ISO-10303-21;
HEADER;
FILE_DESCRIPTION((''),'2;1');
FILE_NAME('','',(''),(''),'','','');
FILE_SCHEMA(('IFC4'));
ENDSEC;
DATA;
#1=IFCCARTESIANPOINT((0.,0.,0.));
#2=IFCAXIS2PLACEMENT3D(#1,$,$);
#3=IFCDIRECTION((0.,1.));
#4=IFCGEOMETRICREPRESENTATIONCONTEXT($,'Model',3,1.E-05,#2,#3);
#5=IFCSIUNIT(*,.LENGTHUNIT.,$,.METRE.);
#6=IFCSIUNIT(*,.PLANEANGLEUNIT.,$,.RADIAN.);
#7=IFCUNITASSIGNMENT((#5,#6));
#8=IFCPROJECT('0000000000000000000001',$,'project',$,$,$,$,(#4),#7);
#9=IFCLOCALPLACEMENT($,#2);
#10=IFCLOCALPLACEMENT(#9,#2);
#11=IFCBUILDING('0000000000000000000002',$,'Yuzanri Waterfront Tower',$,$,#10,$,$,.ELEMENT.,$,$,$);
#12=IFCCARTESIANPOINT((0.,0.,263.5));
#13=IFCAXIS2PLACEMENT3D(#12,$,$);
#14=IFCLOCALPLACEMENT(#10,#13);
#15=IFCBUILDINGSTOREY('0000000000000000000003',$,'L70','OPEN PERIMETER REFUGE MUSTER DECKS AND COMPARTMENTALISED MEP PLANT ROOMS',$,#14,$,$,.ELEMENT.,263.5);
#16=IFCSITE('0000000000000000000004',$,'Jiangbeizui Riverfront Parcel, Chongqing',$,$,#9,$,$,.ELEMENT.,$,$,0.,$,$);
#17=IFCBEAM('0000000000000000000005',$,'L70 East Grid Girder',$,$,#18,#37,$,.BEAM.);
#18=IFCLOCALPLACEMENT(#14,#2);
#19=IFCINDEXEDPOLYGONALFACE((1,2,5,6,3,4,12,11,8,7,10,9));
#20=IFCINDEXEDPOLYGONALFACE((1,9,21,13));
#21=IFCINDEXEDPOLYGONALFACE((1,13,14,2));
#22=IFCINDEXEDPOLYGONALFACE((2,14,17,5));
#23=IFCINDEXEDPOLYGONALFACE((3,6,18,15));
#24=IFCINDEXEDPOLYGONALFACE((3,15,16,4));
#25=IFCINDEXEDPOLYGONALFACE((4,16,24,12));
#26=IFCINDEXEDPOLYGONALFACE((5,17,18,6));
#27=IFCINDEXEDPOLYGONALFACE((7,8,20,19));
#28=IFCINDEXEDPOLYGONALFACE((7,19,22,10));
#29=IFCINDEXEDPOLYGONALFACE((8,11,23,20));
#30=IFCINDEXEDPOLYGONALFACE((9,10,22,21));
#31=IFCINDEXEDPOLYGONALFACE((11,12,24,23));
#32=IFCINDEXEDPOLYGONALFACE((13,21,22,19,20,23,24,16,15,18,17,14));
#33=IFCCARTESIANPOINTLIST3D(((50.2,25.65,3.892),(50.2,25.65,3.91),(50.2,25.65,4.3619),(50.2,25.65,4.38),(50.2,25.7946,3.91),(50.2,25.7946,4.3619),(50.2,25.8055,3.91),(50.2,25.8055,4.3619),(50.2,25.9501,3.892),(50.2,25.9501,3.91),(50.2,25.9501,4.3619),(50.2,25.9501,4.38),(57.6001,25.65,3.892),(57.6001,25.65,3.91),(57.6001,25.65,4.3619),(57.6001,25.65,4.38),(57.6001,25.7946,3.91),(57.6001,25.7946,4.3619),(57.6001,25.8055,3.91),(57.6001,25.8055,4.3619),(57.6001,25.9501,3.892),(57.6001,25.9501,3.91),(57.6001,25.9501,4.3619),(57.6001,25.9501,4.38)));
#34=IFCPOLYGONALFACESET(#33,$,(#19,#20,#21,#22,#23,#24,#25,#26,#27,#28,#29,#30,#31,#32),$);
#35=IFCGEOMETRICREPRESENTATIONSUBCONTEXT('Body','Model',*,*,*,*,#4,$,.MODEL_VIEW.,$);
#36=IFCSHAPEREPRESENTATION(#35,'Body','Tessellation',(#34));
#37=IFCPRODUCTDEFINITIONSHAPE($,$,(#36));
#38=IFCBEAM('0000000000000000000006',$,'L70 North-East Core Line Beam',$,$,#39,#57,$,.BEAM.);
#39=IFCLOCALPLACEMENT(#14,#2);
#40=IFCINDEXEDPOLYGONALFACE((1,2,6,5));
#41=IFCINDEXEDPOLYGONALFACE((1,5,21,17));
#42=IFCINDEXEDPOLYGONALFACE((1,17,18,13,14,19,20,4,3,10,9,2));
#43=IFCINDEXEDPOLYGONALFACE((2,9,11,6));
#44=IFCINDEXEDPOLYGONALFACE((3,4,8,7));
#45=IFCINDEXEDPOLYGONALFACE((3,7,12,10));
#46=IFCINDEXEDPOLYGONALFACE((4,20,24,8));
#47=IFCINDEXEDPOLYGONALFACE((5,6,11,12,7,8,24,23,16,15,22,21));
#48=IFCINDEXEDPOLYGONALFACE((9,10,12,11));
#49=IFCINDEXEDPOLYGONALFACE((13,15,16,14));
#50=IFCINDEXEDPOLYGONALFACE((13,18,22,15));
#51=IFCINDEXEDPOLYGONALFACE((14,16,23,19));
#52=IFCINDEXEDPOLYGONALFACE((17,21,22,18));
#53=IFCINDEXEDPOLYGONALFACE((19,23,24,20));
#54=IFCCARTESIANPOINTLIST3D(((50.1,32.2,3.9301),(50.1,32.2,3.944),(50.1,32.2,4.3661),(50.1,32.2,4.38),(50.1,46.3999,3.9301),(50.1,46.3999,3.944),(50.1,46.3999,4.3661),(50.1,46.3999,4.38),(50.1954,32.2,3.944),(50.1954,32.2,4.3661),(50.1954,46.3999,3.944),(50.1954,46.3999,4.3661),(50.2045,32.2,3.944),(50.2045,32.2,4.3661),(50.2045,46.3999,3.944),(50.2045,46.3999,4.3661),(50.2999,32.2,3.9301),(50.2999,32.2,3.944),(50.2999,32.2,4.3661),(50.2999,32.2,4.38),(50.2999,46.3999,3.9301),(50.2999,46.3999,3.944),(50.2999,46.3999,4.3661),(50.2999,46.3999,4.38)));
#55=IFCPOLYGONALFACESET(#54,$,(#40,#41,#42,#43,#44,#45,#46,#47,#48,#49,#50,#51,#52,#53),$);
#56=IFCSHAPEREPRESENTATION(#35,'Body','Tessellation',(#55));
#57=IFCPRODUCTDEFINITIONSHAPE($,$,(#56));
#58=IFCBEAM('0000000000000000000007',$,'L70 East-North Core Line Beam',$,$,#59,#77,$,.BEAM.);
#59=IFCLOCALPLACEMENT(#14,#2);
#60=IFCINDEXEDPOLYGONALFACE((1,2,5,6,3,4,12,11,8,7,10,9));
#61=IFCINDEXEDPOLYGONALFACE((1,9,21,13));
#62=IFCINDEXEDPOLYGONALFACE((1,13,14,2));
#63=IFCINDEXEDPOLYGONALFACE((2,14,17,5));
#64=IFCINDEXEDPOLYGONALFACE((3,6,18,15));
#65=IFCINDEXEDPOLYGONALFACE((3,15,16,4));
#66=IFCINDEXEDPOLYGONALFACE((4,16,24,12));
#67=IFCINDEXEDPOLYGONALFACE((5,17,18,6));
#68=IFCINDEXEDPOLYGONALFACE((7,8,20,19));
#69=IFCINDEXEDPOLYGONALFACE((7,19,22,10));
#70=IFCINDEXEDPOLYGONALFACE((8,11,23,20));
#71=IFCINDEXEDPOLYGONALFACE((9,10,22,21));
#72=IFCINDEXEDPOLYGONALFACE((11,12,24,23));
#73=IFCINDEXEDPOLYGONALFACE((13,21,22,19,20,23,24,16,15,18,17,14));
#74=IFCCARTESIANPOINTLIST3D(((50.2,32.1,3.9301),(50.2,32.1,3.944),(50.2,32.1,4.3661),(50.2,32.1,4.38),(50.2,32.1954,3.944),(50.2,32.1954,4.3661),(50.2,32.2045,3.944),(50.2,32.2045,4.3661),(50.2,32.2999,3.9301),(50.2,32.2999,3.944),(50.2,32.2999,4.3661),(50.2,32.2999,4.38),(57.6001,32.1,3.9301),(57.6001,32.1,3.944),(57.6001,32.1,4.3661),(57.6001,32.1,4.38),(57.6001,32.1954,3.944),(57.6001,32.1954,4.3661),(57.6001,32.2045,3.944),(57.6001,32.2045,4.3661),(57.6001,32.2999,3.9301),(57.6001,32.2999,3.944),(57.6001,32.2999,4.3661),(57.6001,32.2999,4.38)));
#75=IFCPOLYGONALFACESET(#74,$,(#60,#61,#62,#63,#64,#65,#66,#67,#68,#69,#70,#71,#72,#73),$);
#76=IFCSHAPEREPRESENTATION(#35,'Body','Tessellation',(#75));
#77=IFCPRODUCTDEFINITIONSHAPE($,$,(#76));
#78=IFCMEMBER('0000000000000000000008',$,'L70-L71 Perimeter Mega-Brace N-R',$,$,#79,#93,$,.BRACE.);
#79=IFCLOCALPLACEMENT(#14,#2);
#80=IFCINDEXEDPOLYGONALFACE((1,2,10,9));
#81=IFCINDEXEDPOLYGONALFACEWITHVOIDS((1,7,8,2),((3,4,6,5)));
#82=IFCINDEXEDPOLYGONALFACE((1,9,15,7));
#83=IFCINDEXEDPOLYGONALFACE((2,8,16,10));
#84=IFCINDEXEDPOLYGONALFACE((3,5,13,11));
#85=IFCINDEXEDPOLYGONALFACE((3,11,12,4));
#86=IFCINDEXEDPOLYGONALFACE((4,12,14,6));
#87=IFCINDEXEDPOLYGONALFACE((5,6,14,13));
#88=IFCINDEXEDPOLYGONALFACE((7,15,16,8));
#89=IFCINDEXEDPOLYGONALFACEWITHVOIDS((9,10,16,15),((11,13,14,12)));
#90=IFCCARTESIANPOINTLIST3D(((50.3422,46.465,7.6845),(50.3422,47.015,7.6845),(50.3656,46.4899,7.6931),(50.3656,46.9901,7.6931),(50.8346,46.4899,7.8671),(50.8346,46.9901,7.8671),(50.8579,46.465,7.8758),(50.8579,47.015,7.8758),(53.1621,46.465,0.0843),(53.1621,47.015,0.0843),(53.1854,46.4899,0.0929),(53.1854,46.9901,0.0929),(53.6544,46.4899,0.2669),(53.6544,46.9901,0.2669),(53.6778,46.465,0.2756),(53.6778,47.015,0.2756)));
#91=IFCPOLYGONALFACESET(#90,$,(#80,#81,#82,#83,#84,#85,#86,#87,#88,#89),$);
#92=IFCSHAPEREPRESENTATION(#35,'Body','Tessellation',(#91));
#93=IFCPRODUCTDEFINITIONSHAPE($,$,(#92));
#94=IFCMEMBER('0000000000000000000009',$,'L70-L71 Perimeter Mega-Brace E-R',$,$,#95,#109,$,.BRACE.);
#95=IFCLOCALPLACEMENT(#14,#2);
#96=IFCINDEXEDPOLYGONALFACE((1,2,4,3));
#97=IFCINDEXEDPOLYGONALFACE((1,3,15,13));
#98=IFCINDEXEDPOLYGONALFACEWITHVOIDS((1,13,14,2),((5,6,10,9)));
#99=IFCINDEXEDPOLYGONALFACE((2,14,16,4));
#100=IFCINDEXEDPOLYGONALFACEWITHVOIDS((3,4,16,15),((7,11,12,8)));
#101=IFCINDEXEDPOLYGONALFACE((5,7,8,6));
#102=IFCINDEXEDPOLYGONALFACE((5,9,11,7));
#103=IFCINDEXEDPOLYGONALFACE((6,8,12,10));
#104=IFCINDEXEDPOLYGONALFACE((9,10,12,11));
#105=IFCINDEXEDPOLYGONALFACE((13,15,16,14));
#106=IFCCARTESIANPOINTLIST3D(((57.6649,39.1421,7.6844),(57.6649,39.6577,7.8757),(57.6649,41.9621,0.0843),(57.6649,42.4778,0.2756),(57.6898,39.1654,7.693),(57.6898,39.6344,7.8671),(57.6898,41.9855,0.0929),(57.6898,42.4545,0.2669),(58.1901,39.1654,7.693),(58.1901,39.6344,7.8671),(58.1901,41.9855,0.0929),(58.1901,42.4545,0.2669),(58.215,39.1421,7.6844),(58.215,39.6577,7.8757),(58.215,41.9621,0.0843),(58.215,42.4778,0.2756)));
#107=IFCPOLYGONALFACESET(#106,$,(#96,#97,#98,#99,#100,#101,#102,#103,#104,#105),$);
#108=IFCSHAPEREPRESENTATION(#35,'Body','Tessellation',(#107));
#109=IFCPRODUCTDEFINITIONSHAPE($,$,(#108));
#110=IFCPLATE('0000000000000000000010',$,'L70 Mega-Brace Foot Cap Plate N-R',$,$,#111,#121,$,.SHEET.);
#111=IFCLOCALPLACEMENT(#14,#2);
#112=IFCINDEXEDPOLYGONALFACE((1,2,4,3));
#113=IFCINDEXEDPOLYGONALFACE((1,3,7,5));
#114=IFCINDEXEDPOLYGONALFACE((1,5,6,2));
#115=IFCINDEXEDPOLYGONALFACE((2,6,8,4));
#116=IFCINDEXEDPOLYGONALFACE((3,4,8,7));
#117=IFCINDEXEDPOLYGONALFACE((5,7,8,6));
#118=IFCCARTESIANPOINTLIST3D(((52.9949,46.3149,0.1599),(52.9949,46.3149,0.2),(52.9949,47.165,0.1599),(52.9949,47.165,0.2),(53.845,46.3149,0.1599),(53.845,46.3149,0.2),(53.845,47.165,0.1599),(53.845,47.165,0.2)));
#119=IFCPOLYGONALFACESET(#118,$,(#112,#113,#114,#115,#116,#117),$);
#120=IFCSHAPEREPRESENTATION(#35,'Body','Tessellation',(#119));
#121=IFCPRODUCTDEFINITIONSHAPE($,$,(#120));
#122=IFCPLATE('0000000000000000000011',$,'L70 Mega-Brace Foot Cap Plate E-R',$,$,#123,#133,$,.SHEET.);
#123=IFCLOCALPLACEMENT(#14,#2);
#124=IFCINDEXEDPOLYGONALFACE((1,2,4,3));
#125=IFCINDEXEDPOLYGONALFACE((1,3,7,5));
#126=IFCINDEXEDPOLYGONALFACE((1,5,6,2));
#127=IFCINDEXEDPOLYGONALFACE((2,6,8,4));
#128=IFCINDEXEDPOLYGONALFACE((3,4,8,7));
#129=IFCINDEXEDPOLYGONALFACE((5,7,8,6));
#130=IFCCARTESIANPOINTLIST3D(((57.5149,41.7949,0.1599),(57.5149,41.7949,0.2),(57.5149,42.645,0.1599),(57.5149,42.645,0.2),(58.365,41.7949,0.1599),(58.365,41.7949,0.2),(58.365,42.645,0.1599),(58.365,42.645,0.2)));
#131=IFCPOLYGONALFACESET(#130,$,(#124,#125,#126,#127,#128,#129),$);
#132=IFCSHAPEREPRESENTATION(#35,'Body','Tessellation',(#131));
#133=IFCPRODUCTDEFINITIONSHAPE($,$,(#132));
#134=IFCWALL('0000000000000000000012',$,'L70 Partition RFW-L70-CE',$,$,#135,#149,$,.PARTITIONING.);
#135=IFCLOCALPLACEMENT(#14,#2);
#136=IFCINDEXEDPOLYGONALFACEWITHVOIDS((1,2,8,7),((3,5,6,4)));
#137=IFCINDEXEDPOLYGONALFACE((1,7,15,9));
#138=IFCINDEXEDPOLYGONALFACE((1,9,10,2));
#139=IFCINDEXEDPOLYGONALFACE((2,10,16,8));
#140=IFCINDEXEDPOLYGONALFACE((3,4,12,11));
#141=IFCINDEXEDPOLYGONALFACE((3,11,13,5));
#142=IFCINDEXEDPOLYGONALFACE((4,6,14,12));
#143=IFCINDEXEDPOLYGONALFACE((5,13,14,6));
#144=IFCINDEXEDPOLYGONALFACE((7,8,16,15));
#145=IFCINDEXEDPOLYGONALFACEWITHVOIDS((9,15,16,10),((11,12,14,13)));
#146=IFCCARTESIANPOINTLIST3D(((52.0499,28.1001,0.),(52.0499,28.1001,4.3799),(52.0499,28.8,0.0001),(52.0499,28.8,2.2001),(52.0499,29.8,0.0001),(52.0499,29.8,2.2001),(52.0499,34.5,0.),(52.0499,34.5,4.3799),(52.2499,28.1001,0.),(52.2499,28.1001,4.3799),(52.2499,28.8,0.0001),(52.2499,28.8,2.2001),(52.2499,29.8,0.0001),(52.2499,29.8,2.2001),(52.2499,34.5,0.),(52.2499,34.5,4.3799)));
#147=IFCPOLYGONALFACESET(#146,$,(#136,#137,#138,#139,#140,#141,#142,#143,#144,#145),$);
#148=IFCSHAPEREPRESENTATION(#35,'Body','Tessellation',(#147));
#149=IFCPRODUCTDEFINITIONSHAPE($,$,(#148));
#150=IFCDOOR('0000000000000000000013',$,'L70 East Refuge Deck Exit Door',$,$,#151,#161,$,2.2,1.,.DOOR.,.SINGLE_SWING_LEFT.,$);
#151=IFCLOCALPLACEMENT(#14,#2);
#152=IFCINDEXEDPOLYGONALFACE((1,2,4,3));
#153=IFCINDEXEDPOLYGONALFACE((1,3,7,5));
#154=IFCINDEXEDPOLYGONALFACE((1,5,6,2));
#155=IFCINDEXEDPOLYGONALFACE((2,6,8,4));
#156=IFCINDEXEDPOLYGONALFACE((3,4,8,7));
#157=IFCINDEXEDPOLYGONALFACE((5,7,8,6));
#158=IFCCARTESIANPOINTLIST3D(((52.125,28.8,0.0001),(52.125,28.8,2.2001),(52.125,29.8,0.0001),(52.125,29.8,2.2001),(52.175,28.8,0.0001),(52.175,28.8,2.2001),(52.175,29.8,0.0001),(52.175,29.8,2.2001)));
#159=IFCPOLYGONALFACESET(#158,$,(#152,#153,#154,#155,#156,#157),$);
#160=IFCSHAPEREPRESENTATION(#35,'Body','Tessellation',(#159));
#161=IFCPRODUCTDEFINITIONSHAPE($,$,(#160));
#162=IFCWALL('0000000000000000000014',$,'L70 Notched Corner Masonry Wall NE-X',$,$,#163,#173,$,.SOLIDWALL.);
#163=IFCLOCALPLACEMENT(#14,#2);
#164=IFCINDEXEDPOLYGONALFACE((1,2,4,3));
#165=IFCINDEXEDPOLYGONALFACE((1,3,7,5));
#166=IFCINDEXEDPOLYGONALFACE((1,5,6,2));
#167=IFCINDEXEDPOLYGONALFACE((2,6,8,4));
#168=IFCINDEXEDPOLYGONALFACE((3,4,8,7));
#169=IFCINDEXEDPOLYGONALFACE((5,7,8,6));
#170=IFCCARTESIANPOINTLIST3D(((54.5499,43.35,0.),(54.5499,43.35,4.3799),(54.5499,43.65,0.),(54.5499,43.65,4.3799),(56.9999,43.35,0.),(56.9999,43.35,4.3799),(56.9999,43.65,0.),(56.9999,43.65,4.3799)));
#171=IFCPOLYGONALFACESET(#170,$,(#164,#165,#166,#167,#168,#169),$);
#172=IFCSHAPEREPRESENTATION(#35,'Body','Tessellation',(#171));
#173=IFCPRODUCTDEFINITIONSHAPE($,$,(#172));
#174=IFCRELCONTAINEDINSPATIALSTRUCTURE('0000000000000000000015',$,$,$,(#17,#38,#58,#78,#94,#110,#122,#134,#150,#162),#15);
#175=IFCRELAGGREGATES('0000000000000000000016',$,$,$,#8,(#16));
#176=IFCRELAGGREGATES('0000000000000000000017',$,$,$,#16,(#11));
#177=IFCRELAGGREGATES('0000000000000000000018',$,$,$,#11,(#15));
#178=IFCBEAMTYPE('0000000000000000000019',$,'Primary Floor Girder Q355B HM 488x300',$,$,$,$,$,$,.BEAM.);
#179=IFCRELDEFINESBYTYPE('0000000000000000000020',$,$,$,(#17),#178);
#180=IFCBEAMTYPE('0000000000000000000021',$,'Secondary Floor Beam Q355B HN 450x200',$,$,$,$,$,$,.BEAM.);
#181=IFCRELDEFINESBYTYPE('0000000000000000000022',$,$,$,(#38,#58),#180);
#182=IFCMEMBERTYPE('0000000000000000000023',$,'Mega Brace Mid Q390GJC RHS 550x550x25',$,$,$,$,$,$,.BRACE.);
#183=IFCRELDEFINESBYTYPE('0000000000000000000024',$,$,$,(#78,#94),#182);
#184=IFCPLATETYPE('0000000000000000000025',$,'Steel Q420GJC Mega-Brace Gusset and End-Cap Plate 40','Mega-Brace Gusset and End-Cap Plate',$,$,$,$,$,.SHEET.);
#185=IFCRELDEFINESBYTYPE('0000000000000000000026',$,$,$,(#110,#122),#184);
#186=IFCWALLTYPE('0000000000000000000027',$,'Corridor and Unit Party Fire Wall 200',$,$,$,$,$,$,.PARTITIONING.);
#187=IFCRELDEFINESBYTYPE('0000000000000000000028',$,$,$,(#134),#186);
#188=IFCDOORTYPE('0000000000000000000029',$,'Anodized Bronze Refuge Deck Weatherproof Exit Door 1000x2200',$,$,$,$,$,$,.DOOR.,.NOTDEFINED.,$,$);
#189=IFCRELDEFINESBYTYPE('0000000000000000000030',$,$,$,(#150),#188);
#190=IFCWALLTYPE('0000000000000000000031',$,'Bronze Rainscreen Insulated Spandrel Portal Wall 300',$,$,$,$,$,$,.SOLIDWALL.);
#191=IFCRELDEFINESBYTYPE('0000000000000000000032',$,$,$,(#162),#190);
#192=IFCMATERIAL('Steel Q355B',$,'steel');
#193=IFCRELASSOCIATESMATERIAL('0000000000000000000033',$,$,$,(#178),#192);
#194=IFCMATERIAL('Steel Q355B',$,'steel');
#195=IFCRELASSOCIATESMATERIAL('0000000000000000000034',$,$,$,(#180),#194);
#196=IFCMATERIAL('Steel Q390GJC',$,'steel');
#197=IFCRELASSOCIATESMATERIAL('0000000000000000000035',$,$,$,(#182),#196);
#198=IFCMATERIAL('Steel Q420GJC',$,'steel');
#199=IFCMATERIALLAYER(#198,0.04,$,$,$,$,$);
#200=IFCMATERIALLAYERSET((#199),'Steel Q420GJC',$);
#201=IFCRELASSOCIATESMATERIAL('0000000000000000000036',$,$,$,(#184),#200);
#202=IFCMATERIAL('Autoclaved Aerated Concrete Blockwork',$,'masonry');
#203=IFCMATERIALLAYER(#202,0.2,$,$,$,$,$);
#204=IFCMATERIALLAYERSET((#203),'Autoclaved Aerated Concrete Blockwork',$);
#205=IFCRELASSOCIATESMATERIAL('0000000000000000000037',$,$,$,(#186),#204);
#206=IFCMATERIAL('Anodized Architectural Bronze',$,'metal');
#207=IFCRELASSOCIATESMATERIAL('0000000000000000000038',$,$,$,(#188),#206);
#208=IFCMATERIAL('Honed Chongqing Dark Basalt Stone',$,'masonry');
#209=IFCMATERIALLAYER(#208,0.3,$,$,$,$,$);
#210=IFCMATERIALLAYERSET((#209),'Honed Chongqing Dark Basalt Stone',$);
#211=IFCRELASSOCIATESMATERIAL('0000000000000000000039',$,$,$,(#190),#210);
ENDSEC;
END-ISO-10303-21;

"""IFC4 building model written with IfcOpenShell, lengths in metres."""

from ifc_helpers import new_model, si_unit, direction, frame, frame_2d, origin, origin_2d, place, context, subcontext, project, spatial, rectangle, hollow_rectangle, i_section, extrude, source, transform, mapped, material, layer, layer_set, material_profile, profile_set, type_object, element, fill, save


model = new_model("IFC4")

# Units and contexts
model_context = context("Model", 3, precision=1e-05, world=origin(), true_north=direction((0.0, 1.0)))
body_context = subcontext(model_context, "Body", "Model", "MODEL_VIEW")
ifc_project = project(units=[si_unit("LENGTHUNIT", "METRE"), si_unit("PLANEANGLEUNIT", "RADIAN")], contexts=[model_context])

# Site, building, storey
site_placement = place(None, origin())
site = spatial("IfcSite", under=ifc_project, at=site_placement, Name="Jiangbeizui Riverfront Parcel, Chongqing", CompositionType="ELEMENT", RefElevation=0.0)
building_placement = place(site_placement, origin())
building = spatial("IfcBuilding", under=site, at=building_placement, Name="Yuzanri Waterfront Tower", CompositionType="ELEMENT")
storey_placement = place(building_placement, frame((0.0, 0.0, 263.5)))
storey = spatial("IfcBuildingStorey", under=building, at=storey_placement, Name="L70", Description="OPEN PERIMETER REFUGE MUSTER DECKS AND COMPARTMENTALISED MEP PLANT ROOMS", CompositionType="ELEMENT", Elevation=263.5)

# Beams
ifc_material_1 = material(Name="Steel Q355B", Category="steel")
ifc_material_profile_1 = material_profile(ifc_material_1, i_section(OverallWidth=0.3, OverallDepth=0.488, WebThickness=0.011, FlangeThickness=0.0181, at=origin_2d()), Name="HM 488x300x11x18")
ifc_profile_set_1 = profile_set([ifc_material_profile_1], Name="Steel Q355B")
beam_type_1 = type_object("IfcBeamType", Name="Primary Floor Girder Q355B HM 488x300", PredefinedType="BEAM", material=ifc_profile_set_1)
shared_shape_1 = source(origin(), body_context, "Body", "SweptSolid", [
    extrude(i_section(OverallWidth=0.3, OverallDepth=0.488, WebThickness=0.011, FlangeThickness=0.0181, at=origin_2d()), origin(), (0.0, 0.0, 1.0), 7.4001),
])
beam_1_placement = place(storey_placement, frame((50.2, 25.8, 4.136), z_axis=(1.0, 0.0, 0.0), x_axis=(0.0, 1.0, 0.0)))
element("IfcBeam", 1, at=beam_1_placement, inside=storey, type_object=beam_type_1, Name="L70 East Grid Girder", PredefinedType="BEAM", context=body_context, shape_type="MappedRepresentation", body=[
    mapped(shared_shape_1, transform((0.0, 0.0, 0.0), scale=1.0)),
])
ifc_material_2 = material(Name="Steel Q355B", Category="steel")
ifc_material_profile_2 = material_profile(ifc_material_2, i_section(OverallWidth=0.2, OverallDepth=0.45, WebThickness=0.009, FlangeThickness=0.0139, at=origin_2d()), Name="HN 450x200x9x14")
ifc_profile_set_2 = profile_set([ifc_material_profile_2], Name="Steel Q355B")
beam_type_2 = type_object("IfcBeamType", Name="Secondary Floor Beam Q355B HN 450x200", PredefinedType="BEAM", material=ifc_profile_set_2)
shared_shape_2 = source(origin(), body_context, "Body", "SweptSolid", [
    extrude(i_section(OverallWidth=0.2, OverallDepth=0.45, WebThickness=0.009, FlangeThickness=0.0139, at=origin_2d()), origin(), (0.0, 0.0, 1.0), 14.2),
])
beam_2_placement = place(storey_placement, frame((50.2, 32.2, 4.155), z_axis=(0.0, 1.0, 0.0), x_axis=(-1.0, 0.0, 0.0)))
element("IfcBeam", 2, at=beam_2_placement, inside=storey, type_object=beam_type_2, Name="L70 North-East Core Line Beam", PredefinedType="BEAM", context=body_context, shape_type="MappedRepresentation", body=[
    mapped(shared_shape_2, transform((0.0, 0.0, 0.0), scale=1.0)),
])
shared_shape_3 = source(origin(), body_context, "Body", "SweptSolid", [
    extrude(i_section(OverallWidth=0.2, OverallDepth=0.45, WebThickness=0.009, FlangeThickness=0.0139, at=origin_2d()), origin(), (0.0, 0.0, 1.0), 7.4001),
])
beam_3_placement = place(storey_placement, frame((50.2, 32.2, 4.155), z_axis=(1.0, 0.0, 0.0), x_axis=(0.0, 1.0, 0.0)))
element("IfcBeam", 3, at=beam_3_placement, inside=storey, type_object=beam_type_2, Name="L70 East-North Core Line Beam", PredefinedType="BEAM", context=body_context, shape_type="MappedRepresentation", body=[
    mapped(shared_shape_3, transform((0.0, 0.0, 0.0), scale=1.0)),
])

# Members
ifc_material_3 = material(Name="Steel Q390GJC", Category="steel")
ifc_material_profile_3 = material_profile(ifc_material_3, hollow_rectangle(XDim=0.55, YDim=0.55, WallThickness=0.0249, at=origin_2d()), Name="RHS 550x550x25")
ifc_profile_set_3 = profile_set([ifc_material_profile_3], Name="Steel Q390GJC")
member_type = type_object("IfcMemberType", Name="Mega Brace Mid Q390GJC RHS 550x550x25", PredefinedType="BRACE", material=ifc_profile_set_3)
shared_shape_4 = source(origin(), body_context, "Body", "SweptSolid", [
    extrude(hollow_rectangle(XDim=0.55, YDim=0.55, WallThickness=0.0249, at=origin_2d()), origin(), (0.0, 0.0, 1.0), 8.1064),
])
for number, where, z_axis, x_axis, name in (
    (4, (53.4199, 46.74, 0.1799), (-0.347854, 0.0, 0.937549), (0.0, -1.0, 0.0), "L70-L71 Perimeter Mega-Brace N-R"),
    (5, (57.9399, 42.22, 0.1799), (0.0, -0.34788, 0.937539), (1.0, 0.0, 0.0), "L70-L71 Perimeter Mega-Brace E-R"),
):
    element("IfcMember", number, at=place(storey_placement, frame(where, z_axis=z_axis, x_axis=x_axis)), inside=storey, type_object=member_type, Name=name, PredefinedType="BRACE", context=body_context, shape_type="MappedRepresentation", body=[
        mapped(shared_shape_4, transform((0.0, 0.0, 0.0), scale=1.0)),
    ])

# Plates
ifc_material_4 = material(Name="Steel Q420GJC", Category="steel")
ifc_layer_1 = layer(ifc_material_4, 0.04)
ifc_layer_set_1 = layer_set([ifc_layer_1], Name="Steel Q420GJC")
plate_type = type_object("IfcPlateType", Name="Steel Q420GJC Mega-Brace Gusset and End-Cap Plate 40", Description="Mega-Brace Gusset and End-Cap Plate", PredefinedType="SHEET", material=ifc_layer_set_1)
shared_shape_5 = source(origin(), body_context, "Body", "SweptSolid", [
    extrude(rectangle(XDim=0.8501, YDim=0.8501, at=origin_2d()), origin(), (0.0, 0.0, 1.0), 0.04),
])
for number, where, z_axis, x_axis, name in (
    (6, (53.4199, 46.74, 0.1599), (0.0, 0.0, 1.0), (1.0, 0.0, 0.0), "L70 Mega-Brace Foot Cap Plate N-R"),
    (7, (57.9399, 42.22, 0.1599), (0.0, 0.0, 1.0), (1.0, 0.0, 0.0), "L70 Mega-Brace Foot Cap Plate E-R"),
):
    element("IfcPlate", number, at=place(storey_placement, frame(where, z_axis=z_axis, x_axis=x_axis)), inside=storey, type_object=plate_type, Name=name, PredefinedType="SHEET", context=body_context, shape_type="MappedRepresentation", body=[
        mapped(shared_shape_5, transform((0.0, 0.0, 0.0), scale=1.0)),
    ])

# Wall, opening, door
ifc_material_5 = material(Name="Autoclaved Aerated Concrete Blockwork", Category="masonry")
ifc_layer_2 = layer(ifc_material_5, 0.2)
ifc_layer_set_2 = layer_set([ifc_layer_2], Name="Autoclaved Aerated Concrete Blockwork")
wall_type_1 = type_object("IfcWallType", Name="Corridor and Unit Party Fire Wall 200", PredefinedType="PARTITIONING", material=ifc_layer_set_2)
wall_1_placement = place(storey_placement, frame((52.1499, 28.1001, 0.0), z_axis=(0.0, 0.0, 1.0), x_axis=(0.0, 1.0, 0.0)))
wall_1 = element("IfcWall", 8, at=wall_1_placement, inside=storey, type_object=wall_type_1, Name="L70 Partition RFW-L70-CE", PredefinedType="PARTITIONING", context=body_context, shape_type="SweptSolid", body=[
    extrude(rectangle(XDim=6.3999, YDim=0.2, at=frame_2d((3.2, 0.0))), origin(), (0.0, 0.0, 1.0), 4.3799),
])
opening_placement = place(wall_1_placement, frame((0.7, 0.0, 0.0)))
opening = element("IfcOpeningElement", 9, at=opening_placement, cuts=wall_1, PredefinedType="OPENING", context=body_context, shape_type="SweptSolid", body=[
    extrude(rectangle(XDim=1.0, YDim=2.2, at=frame_2d((0.5, 1.1001))), frame((0.0, 0.1147, 0.0), z_axis=(0.0, -1.0, 0.0), x_axis=(1.0, 0.0, 0.0)), (0.0, 0.0, 1.0), 0.2297),
])
ifc_material_6 = material(Name="Anodized Architectural Bronze", Category="metal")
door_type = type_object("IfcDoorType", Name="Anodized Bronze Refuge Deck Weatherproof Exit Door 1000x2200", OperationType="NOTDEFINED", PredefinedType="DOOR", material=ifc_material_6)
shared_shape_6 = source(origin(), body_context, "Body", "SweptSolid", [
    extrude(rectangle(XDim=1.0, YDim=2.2, at=frame_2d((0.5, 1.1001))), frame((0.0, 0.0249, 0.0), z_axis=(0.0, -1.0, 0.0), x_axis=(1.0, 0.0, 0.0)), (0.0, 0.0, 1.0), 0.05),
])
door_placement = place(opening_placement, origin())
door = element("IfcDoor", 10, at=door_placement, inside=storey, type_object=door_type, Name="L70 East Refuge Deck Exit Door", OperationType="SINGLE_SWING_LEFT", OverallHeight=2.2, OverallWidth=1.0, PredefinedType="DOOR", context=body_context, shape_type="MappedRepresentation", body=[
    mapped(shared_shape_6, transform((0.0, 0.0, 0.0), scale=1.0)),
])
fill(opening, door)

# Wall
ifc_material_7 = material(Name="Honed Chongqing Dark Basalt Stone", Category="masonry")
ifc_layer_3 = layer(ifc_material_7, 0.3)
ifc_layer_set_3 = layer_set([ifc_layer_3], Name="Honed Chongqing Dark Basalt Stone")
wall_type_2 = type_object("IfcWallType", Name="Bronze Rainscreen Insulated Spandrel Portal Wall 300", PredefinedType="SOLIDWALL", material=ifc_layer_set_3)
shared_shape_7 = source(origin(), body_context, "Body", "SweptSolid", [
    extrude(rectangle(XDim=2.45, YDim=0.3, at=frame_2d((1.2251, 0.0))), origin(), (0.0, 0.0, 1.0), 4.3799),
])
for number, where, z_axis, x_axis, name in (
    (11, (57.0, 43.5, 0.0), (0.0, 0.0, 1.0), (-1.0, 0.0, 0.0), "L70 Notched Corner Masonry Wall NE-X"),
):
    element("IfcWall", number, at=place(storey_placement, frame(where, z_axis=z_axis, x_axis=x_axis)), inside=storey, type_object=wall_type_2, Name=name, PredefinedType="SOLIDWALL", context=body_context, shape_type="MappedRepresentation", body=[
        mapped(shared_shape_7, transform((0.0, 0.0, 0.0), scale=1.0)),
    ])

save(model, "model.ifc")
